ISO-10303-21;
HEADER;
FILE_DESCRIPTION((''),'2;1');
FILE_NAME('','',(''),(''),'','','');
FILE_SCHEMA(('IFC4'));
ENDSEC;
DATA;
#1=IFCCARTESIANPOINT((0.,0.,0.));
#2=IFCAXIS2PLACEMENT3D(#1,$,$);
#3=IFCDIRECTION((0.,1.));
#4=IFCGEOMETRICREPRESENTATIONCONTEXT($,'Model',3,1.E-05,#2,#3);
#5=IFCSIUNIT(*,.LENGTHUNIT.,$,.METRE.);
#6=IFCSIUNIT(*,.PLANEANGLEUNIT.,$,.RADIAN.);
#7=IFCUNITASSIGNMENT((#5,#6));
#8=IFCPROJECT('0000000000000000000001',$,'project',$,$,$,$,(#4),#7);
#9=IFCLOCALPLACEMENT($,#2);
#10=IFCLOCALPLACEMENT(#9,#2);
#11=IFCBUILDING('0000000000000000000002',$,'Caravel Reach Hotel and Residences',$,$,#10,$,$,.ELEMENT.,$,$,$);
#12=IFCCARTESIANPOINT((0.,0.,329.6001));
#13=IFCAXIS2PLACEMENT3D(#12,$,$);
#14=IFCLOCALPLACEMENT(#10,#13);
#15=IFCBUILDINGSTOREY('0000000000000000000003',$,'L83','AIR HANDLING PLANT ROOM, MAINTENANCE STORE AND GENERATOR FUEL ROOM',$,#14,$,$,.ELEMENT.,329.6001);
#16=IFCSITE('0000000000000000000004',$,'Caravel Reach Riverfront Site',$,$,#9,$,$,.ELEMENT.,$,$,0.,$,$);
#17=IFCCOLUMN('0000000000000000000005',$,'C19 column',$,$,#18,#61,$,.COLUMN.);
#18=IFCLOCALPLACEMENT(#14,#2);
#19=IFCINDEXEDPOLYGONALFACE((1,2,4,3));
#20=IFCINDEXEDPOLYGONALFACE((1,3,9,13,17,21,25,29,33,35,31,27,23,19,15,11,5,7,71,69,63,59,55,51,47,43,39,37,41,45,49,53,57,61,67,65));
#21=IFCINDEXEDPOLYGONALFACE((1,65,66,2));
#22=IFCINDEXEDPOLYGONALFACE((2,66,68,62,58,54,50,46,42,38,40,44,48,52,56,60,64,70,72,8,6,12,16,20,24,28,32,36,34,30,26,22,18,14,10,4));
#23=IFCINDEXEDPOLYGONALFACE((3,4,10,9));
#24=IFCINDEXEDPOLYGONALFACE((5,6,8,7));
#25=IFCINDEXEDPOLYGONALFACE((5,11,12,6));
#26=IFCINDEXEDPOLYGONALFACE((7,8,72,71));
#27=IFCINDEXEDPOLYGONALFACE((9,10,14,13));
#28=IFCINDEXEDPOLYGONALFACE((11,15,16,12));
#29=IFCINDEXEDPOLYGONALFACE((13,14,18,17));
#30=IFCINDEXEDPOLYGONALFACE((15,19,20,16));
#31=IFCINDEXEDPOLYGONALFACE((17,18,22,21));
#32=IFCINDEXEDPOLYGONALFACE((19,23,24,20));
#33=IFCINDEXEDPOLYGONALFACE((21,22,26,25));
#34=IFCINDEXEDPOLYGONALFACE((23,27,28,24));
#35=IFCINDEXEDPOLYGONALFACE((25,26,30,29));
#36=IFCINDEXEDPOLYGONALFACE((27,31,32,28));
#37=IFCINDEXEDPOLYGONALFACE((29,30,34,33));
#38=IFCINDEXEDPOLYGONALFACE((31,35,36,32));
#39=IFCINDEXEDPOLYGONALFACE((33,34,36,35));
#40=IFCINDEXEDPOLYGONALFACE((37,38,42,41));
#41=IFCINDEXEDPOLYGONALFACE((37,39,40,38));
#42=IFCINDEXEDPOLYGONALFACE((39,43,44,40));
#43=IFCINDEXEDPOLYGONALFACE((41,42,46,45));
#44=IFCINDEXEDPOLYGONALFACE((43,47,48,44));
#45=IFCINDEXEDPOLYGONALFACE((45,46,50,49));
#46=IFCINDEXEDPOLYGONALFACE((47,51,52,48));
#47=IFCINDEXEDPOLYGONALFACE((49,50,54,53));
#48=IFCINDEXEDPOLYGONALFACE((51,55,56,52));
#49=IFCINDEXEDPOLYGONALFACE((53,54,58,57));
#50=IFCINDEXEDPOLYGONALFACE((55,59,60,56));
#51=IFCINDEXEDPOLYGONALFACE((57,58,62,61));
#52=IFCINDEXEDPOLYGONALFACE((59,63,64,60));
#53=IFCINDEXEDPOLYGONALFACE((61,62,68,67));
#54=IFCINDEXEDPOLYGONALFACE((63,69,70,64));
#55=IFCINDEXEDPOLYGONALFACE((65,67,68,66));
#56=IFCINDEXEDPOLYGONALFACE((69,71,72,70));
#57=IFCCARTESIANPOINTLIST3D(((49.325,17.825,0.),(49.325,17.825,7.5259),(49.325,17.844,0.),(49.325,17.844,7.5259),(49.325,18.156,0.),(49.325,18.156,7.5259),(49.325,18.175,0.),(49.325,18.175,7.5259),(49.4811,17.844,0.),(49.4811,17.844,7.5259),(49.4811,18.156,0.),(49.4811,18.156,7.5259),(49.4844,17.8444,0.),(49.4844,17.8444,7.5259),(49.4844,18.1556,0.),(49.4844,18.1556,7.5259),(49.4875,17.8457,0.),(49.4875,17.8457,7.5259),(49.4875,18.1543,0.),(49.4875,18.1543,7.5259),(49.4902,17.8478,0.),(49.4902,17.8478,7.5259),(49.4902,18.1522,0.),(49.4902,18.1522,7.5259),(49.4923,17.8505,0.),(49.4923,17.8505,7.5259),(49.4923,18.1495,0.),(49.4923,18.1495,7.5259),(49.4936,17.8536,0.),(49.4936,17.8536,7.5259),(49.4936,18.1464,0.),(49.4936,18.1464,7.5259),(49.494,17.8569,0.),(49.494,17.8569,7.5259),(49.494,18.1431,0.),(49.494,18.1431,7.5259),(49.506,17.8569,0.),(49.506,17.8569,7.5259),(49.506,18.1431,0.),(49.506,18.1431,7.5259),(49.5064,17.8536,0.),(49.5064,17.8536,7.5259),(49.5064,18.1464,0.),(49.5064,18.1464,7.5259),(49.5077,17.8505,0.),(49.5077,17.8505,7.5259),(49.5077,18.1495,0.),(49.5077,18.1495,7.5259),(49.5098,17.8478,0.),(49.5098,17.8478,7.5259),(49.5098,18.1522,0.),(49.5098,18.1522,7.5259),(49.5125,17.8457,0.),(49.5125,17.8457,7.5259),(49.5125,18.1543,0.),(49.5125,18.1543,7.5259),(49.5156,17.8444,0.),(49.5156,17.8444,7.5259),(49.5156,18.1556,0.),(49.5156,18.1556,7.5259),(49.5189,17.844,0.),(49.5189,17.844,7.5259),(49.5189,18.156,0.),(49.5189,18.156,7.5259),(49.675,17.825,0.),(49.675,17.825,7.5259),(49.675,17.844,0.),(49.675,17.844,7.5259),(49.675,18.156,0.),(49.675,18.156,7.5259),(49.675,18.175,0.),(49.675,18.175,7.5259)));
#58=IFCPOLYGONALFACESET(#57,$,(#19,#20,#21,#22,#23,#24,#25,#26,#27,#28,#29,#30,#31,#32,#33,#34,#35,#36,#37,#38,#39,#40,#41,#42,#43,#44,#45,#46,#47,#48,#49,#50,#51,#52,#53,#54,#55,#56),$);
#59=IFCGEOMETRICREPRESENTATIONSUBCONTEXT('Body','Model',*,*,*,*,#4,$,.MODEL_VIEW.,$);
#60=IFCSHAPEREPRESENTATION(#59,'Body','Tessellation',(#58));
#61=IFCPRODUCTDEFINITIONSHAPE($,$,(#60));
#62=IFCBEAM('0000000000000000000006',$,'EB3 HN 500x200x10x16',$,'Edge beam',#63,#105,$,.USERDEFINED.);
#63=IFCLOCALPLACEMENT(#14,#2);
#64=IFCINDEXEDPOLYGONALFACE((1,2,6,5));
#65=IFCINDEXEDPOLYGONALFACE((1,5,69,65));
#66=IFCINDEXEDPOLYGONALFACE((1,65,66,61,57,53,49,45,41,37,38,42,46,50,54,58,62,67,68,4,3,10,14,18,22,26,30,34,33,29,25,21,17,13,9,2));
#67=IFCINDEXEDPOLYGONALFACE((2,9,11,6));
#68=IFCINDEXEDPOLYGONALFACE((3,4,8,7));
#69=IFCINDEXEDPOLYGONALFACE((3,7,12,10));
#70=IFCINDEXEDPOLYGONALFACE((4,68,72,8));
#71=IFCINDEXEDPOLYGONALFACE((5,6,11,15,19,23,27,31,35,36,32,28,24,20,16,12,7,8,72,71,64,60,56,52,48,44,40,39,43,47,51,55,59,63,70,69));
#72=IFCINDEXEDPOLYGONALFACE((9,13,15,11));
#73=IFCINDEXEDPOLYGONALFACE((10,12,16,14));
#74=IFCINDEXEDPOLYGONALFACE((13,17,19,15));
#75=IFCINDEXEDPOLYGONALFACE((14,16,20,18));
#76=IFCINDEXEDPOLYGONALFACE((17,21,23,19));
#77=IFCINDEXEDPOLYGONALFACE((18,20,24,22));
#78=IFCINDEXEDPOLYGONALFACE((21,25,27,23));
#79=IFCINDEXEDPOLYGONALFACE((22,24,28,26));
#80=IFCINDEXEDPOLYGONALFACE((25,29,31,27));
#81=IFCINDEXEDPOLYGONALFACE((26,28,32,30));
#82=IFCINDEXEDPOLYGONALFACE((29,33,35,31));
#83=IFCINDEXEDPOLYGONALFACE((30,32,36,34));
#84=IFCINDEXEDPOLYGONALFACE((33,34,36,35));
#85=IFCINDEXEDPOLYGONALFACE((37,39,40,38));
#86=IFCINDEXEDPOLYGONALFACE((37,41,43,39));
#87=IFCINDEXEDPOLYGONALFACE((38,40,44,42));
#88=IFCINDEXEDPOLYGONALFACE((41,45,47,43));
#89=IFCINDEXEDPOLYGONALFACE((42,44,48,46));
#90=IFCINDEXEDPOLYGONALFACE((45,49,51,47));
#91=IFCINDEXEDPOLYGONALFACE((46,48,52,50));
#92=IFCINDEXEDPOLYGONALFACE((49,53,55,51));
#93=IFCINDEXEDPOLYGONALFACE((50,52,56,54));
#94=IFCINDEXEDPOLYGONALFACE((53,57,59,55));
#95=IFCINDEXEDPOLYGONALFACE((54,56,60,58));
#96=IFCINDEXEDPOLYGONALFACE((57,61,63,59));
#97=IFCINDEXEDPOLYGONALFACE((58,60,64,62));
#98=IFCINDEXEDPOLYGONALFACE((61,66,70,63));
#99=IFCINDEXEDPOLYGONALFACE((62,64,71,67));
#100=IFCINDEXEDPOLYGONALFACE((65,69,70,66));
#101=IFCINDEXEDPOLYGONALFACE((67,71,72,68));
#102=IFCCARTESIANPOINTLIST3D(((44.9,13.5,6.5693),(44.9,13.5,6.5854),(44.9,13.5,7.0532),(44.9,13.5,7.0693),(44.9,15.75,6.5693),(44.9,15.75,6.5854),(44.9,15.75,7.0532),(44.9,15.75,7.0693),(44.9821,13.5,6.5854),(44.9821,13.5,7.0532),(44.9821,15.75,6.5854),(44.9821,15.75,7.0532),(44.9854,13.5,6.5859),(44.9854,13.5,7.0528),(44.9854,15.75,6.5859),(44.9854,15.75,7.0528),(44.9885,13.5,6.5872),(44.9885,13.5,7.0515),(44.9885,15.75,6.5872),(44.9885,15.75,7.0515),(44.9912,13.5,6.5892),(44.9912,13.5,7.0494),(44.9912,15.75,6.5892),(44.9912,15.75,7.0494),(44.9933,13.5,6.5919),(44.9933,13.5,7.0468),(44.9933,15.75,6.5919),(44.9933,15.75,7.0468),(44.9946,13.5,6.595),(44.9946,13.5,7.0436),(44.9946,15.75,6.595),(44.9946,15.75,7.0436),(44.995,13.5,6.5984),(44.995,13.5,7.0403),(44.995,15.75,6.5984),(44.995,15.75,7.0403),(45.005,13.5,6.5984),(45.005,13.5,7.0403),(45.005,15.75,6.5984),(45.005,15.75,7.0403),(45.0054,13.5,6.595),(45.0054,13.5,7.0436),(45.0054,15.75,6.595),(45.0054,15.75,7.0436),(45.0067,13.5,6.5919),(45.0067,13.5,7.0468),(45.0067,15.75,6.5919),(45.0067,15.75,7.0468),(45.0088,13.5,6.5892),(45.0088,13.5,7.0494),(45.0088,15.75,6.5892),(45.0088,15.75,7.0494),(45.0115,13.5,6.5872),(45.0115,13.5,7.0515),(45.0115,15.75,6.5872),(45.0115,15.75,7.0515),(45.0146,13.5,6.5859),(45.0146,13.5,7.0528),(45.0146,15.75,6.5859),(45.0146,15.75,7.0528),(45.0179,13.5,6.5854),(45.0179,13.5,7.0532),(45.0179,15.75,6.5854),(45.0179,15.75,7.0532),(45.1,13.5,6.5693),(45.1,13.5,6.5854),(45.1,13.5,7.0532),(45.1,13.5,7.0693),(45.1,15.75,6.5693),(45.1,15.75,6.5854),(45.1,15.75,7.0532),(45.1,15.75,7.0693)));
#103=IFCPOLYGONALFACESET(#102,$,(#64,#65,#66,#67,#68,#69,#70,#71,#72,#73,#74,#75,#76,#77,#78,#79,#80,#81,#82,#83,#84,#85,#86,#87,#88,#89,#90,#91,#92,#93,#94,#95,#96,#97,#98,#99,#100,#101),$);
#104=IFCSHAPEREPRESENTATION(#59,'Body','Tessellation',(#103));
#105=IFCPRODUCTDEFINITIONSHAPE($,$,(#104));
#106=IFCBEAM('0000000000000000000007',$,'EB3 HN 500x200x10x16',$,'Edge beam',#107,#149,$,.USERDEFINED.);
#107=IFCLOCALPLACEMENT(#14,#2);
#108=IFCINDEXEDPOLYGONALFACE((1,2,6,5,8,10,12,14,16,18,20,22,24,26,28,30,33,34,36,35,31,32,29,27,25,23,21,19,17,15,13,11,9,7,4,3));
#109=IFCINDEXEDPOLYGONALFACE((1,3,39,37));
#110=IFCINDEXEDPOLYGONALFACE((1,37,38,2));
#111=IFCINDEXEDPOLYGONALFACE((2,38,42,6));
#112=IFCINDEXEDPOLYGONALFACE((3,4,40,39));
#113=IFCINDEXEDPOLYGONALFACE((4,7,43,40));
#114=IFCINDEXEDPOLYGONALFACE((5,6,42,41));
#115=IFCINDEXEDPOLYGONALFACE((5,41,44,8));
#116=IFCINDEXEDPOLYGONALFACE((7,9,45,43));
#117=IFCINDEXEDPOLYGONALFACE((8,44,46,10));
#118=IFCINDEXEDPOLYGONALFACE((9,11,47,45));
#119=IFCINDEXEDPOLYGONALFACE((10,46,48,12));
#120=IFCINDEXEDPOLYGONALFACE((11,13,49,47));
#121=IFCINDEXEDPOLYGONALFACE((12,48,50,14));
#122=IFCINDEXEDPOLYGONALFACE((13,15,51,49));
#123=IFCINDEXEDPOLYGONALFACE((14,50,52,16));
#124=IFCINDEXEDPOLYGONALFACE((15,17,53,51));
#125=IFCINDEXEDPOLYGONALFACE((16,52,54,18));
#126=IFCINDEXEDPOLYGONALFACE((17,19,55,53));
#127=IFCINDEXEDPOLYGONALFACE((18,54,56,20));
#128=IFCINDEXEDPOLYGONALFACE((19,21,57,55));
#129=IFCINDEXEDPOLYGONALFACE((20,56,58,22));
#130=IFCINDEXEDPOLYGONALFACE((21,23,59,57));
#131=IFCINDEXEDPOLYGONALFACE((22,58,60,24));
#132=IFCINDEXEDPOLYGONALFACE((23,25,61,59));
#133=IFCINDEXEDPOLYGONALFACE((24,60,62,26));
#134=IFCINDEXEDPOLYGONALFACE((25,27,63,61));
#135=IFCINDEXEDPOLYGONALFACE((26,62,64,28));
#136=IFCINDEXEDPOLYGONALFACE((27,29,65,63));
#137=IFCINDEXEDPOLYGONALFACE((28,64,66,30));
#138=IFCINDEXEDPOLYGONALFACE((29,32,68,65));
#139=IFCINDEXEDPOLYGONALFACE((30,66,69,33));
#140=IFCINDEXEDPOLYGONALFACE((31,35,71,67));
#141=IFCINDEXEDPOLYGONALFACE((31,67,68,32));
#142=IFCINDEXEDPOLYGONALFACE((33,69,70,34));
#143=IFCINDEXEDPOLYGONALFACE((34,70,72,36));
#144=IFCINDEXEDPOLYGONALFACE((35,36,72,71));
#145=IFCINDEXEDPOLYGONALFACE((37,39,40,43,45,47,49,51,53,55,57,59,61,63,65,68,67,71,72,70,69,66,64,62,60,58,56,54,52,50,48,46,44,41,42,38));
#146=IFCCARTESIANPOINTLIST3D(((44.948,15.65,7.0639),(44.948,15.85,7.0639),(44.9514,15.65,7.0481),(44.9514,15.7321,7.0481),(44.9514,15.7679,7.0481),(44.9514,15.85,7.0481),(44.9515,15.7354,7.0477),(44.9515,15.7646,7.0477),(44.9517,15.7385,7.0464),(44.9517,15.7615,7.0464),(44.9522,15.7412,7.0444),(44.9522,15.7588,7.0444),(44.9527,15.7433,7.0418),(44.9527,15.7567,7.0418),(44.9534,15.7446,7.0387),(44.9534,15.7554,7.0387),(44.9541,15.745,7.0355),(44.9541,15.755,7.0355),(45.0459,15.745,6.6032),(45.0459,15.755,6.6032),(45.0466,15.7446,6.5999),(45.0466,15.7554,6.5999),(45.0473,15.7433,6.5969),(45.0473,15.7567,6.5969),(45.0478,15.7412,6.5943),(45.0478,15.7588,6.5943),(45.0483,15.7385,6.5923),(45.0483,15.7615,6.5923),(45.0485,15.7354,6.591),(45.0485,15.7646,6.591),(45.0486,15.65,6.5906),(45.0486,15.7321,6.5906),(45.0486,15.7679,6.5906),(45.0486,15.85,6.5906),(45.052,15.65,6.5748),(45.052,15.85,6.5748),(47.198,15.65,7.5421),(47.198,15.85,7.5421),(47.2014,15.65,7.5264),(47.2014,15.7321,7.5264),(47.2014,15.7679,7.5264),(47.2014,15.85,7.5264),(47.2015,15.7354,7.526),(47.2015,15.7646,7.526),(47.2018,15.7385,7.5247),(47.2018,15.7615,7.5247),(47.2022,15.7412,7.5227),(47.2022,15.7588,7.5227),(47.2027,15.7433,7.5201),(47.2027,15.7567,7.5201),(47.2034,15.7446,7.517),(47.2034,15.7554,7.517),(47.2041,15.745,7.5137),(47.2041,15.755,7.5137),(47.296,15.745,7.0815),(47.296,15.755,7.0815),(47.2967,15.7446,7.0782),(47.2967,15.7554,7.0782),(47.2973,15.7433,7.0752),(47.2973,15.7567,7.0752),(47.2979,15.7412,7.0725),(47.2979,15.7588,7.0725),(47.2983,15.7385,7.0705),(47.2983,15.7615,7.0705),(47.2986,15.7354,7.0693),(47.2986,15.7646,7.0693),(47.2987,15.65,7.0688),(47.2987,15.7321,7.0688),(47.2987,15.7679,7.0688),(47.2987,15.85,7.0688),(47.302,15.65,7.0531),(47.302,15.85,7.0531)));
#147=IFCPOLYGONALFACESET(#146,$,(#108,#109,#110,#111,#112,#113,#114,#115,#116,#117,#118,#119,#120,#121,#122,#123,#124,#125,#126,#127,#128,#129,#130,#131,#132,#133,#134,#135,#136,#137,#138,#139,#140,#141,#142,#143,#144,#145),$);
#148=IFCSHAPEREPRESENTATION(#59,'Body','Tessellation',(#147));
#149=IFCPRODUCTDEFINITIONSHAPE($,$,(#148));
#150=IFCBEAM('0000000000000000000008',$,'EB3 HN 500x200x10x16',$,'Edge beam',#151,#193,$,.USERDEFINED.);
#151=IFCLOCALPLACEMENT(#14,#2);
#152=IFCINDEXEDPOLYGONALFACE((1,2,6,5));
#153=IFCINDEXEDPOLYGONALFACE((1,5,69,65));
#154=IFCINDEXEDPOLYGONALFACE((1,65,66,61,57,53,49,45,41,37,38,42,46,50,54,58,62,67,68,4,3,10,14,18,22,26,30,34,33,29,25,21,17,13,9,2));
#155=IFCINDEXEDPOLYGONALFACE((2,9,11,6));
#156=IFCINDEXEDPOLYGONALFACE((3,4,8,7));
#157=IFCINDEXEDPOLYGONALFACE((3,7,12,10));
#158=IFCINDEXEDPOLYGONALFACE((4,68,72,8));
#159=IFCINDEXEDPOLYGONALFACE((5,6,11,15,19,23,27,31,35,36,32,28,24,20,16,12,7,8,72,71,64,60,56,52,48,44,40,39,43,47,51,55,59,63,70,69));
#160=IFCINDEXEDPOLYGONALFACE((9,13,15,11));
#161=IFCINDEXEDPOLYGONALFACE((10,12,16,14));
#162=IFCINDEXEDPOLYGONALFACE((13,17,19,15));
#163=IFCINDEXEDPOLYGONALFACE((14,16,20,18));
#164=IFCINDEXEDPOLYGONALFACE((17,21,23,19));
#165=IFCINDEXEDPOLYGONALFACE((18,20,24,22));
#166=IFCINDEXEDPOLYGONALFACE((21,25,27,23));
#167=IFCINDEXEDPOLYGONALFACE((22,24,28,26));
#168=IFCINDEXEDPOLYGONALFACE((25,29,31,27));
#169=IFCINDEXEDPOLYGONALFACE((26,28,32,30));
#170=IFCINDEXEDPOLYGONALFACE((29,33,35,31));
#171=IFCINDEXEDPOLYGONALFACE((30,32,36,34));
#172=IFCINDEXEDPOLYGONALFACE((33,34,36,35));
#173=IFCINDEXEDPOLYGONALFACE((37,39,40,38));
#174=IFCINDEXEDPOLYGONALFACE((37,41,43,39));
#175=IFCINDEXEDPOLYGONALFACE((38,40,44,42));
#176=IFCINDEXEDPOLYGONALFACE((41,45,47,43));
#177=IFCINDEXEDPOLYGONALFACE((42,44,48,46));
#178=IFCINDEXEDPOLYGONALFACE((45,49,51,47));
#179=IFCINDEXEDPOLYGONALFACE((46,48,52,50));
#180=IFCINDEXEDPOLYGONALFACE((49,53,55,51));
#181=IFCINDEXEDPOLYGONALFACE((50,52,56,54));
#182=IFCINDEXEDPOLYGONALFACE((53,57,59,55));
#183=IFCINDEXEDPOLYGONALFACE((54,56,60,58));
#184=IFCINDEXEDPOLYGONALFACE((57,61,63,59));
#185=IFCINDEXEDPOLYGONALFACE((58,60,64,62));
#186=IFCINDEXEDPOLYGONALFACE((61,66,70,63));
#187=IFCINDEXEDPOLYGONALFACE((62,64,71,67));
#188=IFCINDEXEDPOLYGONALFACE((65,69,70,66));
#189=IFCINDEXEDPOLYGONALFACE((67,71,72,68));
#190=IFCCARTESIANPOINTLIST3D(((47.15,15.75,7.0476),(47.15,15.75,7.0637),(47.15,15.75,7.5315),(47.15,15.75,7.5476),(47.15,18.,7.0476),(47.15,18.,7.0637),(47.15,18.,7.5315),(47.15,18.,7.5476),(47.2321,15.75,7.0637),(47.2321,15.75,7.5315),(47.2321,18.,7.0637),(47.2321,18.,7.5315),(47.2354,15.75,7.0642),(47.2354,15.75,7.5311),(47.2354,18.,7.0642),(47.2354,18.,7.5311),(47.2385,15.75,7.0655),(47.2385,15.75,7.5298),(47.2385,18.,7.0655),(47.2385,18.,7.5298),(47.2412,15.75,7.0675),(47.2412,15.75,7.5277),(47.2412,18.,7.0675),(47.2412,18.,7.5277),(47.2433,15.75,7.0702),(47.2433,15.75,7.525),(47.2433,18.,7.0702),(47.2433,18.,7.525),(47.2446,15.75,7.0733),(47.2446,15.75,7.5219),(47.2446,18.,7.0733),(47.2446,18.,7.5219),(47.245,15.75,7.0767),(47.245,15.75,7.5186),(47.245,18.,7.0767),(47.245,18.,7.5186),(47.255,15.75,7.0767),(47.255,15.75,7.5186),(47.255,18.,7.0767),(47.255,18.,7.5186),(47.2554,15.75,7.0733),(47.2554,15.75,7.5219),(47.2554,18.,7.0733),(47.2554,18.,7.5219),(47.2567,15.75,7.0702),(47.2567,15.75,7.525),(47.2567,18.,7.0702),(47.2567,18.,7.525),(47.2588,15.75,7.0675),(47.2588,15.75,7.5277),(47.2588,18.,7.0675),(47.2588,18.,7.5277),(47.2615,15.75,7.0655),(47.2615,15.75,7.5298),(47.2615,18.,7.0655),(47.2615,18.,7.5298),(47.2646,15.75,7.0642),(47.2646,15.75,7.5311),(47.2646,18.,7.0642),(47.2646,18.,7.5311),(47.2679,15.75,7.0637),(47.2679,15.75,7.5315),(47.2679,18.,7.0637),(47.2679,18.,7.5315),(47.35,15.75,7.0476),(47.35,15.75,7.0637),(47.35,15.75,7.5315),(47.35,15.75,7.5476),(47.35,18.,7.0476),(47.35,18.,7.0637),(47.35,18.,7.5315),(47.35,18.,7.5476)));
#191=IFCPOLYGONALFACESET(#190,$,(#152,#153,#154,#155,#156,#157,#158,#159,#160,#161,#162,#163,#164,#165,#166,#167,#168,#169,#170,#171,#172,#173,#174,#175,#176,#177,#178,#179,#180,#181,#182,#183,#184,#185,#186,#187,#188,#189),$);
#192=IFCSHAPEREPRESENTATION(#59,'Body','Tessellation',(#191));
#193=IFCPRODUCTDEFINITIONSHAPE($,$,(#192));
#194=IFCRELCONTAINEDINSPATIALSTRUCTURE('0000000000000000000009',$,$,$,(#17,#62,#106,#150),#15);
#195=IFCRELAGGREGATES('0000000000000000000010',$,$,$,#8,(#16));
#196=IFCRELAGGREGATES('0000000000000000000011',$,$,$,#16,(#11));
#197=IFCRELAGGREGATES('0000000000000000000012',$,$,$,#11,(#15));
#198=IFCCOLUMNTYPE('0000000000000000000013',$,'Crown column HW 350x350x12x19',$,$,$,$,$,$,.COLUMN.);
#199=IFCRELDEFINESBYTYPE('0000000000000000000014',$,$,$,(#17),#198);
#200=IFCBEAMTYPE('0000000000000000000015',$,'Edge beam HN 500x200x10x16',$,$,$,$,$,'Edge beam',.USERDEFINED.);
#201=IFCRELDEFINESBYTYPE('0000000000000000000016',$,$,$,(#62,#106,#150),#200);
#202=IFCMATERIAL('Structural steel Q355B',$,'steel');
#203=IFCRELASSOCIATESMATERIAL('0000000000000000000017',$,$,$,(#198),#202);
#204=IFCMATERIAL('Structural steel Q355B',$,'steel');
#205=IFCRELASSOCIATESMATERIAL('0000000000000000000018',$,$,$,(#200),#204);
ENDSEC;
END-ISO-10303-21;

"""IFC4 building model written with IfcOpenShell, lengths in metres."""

from ifc_helpers import new_model, si_unit, direction, frame, origin, origin_2d, place, context, subcontext, project, spatial, i_section, extrude, material, material_profile, profile_set, type_object, element, save


model = new_model("IFC4")

# Units and contexts
model_context = context("Model", 3, precision=1e-05, world=origin(), true_north=direction((0.0, 1.0)))
body_context = subcontext(model_context, "Body", "Model", "MODEL_VIEW")
ifc_project = project(units=[si_unit("LENGTHUNIT", "METRE"), si_unit("PLANEANGLEUNIT", "RADIAN")], contexts=[model_context])

# Site, building, storey
site_placement = place(None, origin())
site = spatial("IfcSite", under=ifc_project, at=site_placement, Name="Caravel Reach Riverfront Site", CompositionType="ELEMENT", RefElevation=0.0)
building_placement = place(site_placement, origin())
building = spatial("IfcBuilding", under=site, at=building_placement, Name="Caravel Reach Hotel and Residences", CompositionType="ELEMENT")
storey_placement = place(building_placement, frame((0.0, 0.0, 329.6001)))
storey = spatial("IfcBuildingStorey", under=building, at=storey_placement, Name="L83", Description="AIR HANDLING PLANT ROOM, MAINTENANCE STORE AND GENERATOR FUEL ROOM", CompositionType="ELEMENT", Elevation=329.6001)

# Column
ifc_material_1 = material(Name="Structural steel Q355B", Category="steel")
ifc_material_profile_1 = material_profile(ifc_material_1, i_section(OverallWidth=0.3501, OverallDepth=0.3501, WebThickness=0.012, FlangeThickness=0.019, FilletRadius=0.0129, at=origin_2d()), Name="HW 350x350x12x19")
ifc_profile_set_1 = profile_set([ifc_material_profile_1], Name="Structural steel Q355B")
column_type = type_object("IfcColumnType", Name="Crown column HW 350x350x12x19", PredefinedType="COLUMN", material=ifc_profile_set_1)
column_placement = place(storey_placement, frame((49.5, 18.0, 0.0), z_axis=(0.0, 0.0, 1.0), x_axis=(1.0, 0.0, 0.0)))
element("IfcColumn", 1, at=column_placement, inside=storey, type_object=column_type, Name="C19 column", PredefinedType="COLUMN", context=body_context, shape_type="SweptSolid", body=[
    extrude(i_section(OverallWidth=0.3501, OverallDepth=0.3501, WebThickness=0.012, FlangeThickness=0.019, FilletRadius=0.0129, at=origin_2d()), origin(), (0.0, 0.0, 1.0), 7.5259),
])

# Beams
ifc_material_2 = material(Name="Structural steel Q355B", Category="steel")
ifc_material_profile_2 = material_profile(ifc_material_2, i_section(OverallWidth=0.2, OverallDepth=0.5, WebThickness=0.01, FlangeThickness=0.0161, FilletRadius=0.0129, at=origin_2d()), Name="HN 500x200x10x16")
ifc_profile_set_2 = profile_set([ifc_material_profile_2], Name="Structural steel Q355B")
beam_type_1 = type_object("IfcBeamType", Name="Edge beam HN 500x200x10x16", ElementType="Edge beam", PredefinedType="USERDEFINED", material=ifc_profile_set_2)
beam_1_placement = place(storey_placement, frame((45.0, 13.5, 6.8193), z_axis=(0.0, 1.0, 0.0), x_axis=(-1.0, 0.0, 0.0)))
element("IfcBeam", 2, at=beam_1_placement, inside=storey, type_object=beam_type_1, Name="EB3 HN 500x200x10x16", ObjectType="Edge beam", PredefinedType="USERDEFINED", context=body_context, shape_type="SweptSolid", body=[
    extrude(i_section(OverallWidth=0.2, OverallDepth=0.5, WebThickness=0.01, FlangeThickness=0.0161, FilletRadius=0.0129, at=origin_2d()), origin(), (0.0, 0.0, 1.0), 2.25),
])
beam_2_placement = place(storey_placement, frame((45.0, 15.75, 6.8193), z_axis=(0.978146, 0.0, 0.20792), x_axis=(0.0, 1.0, 0.0)))
element("IfcBeam", 3, at=beam_2_placement, inside=storey, type_object=beam_type_1, Name="EB3 HN 500x200x10x16", ObjectType="Edge beam", PredefinedType="USERDEFINED", context=body_context, shape_type="SweptSolid", body=[
    extrude(i_section(OverallWidth=0.2, OverallDepth=0.5, WebThickness=0.01, FlangeThickness=0.0161, FilletRadius=0.0129, at=origin_2d()), origin(), (0.0, 0.0, 1.0), 2.3003),
])
beam_3_placement = place(storey_placement, frame((47.25, 15.75, 7.2976), z_axis=(0.0, 1.0, 0.0), x_axis=(-1.0, 0.0, 0.0)))
element("IfcBeam", 4, at=beam_3_placement, inside=storey, type_object=beam_type_1, Name="EB3 HN 500x200x10x16", ObjectType="Edge beam", PredefinedType="USERDEFINED", context=body_context, shape_type="SweptSolid", body=[
    extrude(i_section(OverallWidth=0.2, OverallDepth=0.5, WebThickness=0.01, FlangeThickness=0.0161, FilletRadius=0.0129, at=origin_2d()), origin(), (0.0, 0.0, 1.0), 2.25),
])

save(model, "model.ifc")
